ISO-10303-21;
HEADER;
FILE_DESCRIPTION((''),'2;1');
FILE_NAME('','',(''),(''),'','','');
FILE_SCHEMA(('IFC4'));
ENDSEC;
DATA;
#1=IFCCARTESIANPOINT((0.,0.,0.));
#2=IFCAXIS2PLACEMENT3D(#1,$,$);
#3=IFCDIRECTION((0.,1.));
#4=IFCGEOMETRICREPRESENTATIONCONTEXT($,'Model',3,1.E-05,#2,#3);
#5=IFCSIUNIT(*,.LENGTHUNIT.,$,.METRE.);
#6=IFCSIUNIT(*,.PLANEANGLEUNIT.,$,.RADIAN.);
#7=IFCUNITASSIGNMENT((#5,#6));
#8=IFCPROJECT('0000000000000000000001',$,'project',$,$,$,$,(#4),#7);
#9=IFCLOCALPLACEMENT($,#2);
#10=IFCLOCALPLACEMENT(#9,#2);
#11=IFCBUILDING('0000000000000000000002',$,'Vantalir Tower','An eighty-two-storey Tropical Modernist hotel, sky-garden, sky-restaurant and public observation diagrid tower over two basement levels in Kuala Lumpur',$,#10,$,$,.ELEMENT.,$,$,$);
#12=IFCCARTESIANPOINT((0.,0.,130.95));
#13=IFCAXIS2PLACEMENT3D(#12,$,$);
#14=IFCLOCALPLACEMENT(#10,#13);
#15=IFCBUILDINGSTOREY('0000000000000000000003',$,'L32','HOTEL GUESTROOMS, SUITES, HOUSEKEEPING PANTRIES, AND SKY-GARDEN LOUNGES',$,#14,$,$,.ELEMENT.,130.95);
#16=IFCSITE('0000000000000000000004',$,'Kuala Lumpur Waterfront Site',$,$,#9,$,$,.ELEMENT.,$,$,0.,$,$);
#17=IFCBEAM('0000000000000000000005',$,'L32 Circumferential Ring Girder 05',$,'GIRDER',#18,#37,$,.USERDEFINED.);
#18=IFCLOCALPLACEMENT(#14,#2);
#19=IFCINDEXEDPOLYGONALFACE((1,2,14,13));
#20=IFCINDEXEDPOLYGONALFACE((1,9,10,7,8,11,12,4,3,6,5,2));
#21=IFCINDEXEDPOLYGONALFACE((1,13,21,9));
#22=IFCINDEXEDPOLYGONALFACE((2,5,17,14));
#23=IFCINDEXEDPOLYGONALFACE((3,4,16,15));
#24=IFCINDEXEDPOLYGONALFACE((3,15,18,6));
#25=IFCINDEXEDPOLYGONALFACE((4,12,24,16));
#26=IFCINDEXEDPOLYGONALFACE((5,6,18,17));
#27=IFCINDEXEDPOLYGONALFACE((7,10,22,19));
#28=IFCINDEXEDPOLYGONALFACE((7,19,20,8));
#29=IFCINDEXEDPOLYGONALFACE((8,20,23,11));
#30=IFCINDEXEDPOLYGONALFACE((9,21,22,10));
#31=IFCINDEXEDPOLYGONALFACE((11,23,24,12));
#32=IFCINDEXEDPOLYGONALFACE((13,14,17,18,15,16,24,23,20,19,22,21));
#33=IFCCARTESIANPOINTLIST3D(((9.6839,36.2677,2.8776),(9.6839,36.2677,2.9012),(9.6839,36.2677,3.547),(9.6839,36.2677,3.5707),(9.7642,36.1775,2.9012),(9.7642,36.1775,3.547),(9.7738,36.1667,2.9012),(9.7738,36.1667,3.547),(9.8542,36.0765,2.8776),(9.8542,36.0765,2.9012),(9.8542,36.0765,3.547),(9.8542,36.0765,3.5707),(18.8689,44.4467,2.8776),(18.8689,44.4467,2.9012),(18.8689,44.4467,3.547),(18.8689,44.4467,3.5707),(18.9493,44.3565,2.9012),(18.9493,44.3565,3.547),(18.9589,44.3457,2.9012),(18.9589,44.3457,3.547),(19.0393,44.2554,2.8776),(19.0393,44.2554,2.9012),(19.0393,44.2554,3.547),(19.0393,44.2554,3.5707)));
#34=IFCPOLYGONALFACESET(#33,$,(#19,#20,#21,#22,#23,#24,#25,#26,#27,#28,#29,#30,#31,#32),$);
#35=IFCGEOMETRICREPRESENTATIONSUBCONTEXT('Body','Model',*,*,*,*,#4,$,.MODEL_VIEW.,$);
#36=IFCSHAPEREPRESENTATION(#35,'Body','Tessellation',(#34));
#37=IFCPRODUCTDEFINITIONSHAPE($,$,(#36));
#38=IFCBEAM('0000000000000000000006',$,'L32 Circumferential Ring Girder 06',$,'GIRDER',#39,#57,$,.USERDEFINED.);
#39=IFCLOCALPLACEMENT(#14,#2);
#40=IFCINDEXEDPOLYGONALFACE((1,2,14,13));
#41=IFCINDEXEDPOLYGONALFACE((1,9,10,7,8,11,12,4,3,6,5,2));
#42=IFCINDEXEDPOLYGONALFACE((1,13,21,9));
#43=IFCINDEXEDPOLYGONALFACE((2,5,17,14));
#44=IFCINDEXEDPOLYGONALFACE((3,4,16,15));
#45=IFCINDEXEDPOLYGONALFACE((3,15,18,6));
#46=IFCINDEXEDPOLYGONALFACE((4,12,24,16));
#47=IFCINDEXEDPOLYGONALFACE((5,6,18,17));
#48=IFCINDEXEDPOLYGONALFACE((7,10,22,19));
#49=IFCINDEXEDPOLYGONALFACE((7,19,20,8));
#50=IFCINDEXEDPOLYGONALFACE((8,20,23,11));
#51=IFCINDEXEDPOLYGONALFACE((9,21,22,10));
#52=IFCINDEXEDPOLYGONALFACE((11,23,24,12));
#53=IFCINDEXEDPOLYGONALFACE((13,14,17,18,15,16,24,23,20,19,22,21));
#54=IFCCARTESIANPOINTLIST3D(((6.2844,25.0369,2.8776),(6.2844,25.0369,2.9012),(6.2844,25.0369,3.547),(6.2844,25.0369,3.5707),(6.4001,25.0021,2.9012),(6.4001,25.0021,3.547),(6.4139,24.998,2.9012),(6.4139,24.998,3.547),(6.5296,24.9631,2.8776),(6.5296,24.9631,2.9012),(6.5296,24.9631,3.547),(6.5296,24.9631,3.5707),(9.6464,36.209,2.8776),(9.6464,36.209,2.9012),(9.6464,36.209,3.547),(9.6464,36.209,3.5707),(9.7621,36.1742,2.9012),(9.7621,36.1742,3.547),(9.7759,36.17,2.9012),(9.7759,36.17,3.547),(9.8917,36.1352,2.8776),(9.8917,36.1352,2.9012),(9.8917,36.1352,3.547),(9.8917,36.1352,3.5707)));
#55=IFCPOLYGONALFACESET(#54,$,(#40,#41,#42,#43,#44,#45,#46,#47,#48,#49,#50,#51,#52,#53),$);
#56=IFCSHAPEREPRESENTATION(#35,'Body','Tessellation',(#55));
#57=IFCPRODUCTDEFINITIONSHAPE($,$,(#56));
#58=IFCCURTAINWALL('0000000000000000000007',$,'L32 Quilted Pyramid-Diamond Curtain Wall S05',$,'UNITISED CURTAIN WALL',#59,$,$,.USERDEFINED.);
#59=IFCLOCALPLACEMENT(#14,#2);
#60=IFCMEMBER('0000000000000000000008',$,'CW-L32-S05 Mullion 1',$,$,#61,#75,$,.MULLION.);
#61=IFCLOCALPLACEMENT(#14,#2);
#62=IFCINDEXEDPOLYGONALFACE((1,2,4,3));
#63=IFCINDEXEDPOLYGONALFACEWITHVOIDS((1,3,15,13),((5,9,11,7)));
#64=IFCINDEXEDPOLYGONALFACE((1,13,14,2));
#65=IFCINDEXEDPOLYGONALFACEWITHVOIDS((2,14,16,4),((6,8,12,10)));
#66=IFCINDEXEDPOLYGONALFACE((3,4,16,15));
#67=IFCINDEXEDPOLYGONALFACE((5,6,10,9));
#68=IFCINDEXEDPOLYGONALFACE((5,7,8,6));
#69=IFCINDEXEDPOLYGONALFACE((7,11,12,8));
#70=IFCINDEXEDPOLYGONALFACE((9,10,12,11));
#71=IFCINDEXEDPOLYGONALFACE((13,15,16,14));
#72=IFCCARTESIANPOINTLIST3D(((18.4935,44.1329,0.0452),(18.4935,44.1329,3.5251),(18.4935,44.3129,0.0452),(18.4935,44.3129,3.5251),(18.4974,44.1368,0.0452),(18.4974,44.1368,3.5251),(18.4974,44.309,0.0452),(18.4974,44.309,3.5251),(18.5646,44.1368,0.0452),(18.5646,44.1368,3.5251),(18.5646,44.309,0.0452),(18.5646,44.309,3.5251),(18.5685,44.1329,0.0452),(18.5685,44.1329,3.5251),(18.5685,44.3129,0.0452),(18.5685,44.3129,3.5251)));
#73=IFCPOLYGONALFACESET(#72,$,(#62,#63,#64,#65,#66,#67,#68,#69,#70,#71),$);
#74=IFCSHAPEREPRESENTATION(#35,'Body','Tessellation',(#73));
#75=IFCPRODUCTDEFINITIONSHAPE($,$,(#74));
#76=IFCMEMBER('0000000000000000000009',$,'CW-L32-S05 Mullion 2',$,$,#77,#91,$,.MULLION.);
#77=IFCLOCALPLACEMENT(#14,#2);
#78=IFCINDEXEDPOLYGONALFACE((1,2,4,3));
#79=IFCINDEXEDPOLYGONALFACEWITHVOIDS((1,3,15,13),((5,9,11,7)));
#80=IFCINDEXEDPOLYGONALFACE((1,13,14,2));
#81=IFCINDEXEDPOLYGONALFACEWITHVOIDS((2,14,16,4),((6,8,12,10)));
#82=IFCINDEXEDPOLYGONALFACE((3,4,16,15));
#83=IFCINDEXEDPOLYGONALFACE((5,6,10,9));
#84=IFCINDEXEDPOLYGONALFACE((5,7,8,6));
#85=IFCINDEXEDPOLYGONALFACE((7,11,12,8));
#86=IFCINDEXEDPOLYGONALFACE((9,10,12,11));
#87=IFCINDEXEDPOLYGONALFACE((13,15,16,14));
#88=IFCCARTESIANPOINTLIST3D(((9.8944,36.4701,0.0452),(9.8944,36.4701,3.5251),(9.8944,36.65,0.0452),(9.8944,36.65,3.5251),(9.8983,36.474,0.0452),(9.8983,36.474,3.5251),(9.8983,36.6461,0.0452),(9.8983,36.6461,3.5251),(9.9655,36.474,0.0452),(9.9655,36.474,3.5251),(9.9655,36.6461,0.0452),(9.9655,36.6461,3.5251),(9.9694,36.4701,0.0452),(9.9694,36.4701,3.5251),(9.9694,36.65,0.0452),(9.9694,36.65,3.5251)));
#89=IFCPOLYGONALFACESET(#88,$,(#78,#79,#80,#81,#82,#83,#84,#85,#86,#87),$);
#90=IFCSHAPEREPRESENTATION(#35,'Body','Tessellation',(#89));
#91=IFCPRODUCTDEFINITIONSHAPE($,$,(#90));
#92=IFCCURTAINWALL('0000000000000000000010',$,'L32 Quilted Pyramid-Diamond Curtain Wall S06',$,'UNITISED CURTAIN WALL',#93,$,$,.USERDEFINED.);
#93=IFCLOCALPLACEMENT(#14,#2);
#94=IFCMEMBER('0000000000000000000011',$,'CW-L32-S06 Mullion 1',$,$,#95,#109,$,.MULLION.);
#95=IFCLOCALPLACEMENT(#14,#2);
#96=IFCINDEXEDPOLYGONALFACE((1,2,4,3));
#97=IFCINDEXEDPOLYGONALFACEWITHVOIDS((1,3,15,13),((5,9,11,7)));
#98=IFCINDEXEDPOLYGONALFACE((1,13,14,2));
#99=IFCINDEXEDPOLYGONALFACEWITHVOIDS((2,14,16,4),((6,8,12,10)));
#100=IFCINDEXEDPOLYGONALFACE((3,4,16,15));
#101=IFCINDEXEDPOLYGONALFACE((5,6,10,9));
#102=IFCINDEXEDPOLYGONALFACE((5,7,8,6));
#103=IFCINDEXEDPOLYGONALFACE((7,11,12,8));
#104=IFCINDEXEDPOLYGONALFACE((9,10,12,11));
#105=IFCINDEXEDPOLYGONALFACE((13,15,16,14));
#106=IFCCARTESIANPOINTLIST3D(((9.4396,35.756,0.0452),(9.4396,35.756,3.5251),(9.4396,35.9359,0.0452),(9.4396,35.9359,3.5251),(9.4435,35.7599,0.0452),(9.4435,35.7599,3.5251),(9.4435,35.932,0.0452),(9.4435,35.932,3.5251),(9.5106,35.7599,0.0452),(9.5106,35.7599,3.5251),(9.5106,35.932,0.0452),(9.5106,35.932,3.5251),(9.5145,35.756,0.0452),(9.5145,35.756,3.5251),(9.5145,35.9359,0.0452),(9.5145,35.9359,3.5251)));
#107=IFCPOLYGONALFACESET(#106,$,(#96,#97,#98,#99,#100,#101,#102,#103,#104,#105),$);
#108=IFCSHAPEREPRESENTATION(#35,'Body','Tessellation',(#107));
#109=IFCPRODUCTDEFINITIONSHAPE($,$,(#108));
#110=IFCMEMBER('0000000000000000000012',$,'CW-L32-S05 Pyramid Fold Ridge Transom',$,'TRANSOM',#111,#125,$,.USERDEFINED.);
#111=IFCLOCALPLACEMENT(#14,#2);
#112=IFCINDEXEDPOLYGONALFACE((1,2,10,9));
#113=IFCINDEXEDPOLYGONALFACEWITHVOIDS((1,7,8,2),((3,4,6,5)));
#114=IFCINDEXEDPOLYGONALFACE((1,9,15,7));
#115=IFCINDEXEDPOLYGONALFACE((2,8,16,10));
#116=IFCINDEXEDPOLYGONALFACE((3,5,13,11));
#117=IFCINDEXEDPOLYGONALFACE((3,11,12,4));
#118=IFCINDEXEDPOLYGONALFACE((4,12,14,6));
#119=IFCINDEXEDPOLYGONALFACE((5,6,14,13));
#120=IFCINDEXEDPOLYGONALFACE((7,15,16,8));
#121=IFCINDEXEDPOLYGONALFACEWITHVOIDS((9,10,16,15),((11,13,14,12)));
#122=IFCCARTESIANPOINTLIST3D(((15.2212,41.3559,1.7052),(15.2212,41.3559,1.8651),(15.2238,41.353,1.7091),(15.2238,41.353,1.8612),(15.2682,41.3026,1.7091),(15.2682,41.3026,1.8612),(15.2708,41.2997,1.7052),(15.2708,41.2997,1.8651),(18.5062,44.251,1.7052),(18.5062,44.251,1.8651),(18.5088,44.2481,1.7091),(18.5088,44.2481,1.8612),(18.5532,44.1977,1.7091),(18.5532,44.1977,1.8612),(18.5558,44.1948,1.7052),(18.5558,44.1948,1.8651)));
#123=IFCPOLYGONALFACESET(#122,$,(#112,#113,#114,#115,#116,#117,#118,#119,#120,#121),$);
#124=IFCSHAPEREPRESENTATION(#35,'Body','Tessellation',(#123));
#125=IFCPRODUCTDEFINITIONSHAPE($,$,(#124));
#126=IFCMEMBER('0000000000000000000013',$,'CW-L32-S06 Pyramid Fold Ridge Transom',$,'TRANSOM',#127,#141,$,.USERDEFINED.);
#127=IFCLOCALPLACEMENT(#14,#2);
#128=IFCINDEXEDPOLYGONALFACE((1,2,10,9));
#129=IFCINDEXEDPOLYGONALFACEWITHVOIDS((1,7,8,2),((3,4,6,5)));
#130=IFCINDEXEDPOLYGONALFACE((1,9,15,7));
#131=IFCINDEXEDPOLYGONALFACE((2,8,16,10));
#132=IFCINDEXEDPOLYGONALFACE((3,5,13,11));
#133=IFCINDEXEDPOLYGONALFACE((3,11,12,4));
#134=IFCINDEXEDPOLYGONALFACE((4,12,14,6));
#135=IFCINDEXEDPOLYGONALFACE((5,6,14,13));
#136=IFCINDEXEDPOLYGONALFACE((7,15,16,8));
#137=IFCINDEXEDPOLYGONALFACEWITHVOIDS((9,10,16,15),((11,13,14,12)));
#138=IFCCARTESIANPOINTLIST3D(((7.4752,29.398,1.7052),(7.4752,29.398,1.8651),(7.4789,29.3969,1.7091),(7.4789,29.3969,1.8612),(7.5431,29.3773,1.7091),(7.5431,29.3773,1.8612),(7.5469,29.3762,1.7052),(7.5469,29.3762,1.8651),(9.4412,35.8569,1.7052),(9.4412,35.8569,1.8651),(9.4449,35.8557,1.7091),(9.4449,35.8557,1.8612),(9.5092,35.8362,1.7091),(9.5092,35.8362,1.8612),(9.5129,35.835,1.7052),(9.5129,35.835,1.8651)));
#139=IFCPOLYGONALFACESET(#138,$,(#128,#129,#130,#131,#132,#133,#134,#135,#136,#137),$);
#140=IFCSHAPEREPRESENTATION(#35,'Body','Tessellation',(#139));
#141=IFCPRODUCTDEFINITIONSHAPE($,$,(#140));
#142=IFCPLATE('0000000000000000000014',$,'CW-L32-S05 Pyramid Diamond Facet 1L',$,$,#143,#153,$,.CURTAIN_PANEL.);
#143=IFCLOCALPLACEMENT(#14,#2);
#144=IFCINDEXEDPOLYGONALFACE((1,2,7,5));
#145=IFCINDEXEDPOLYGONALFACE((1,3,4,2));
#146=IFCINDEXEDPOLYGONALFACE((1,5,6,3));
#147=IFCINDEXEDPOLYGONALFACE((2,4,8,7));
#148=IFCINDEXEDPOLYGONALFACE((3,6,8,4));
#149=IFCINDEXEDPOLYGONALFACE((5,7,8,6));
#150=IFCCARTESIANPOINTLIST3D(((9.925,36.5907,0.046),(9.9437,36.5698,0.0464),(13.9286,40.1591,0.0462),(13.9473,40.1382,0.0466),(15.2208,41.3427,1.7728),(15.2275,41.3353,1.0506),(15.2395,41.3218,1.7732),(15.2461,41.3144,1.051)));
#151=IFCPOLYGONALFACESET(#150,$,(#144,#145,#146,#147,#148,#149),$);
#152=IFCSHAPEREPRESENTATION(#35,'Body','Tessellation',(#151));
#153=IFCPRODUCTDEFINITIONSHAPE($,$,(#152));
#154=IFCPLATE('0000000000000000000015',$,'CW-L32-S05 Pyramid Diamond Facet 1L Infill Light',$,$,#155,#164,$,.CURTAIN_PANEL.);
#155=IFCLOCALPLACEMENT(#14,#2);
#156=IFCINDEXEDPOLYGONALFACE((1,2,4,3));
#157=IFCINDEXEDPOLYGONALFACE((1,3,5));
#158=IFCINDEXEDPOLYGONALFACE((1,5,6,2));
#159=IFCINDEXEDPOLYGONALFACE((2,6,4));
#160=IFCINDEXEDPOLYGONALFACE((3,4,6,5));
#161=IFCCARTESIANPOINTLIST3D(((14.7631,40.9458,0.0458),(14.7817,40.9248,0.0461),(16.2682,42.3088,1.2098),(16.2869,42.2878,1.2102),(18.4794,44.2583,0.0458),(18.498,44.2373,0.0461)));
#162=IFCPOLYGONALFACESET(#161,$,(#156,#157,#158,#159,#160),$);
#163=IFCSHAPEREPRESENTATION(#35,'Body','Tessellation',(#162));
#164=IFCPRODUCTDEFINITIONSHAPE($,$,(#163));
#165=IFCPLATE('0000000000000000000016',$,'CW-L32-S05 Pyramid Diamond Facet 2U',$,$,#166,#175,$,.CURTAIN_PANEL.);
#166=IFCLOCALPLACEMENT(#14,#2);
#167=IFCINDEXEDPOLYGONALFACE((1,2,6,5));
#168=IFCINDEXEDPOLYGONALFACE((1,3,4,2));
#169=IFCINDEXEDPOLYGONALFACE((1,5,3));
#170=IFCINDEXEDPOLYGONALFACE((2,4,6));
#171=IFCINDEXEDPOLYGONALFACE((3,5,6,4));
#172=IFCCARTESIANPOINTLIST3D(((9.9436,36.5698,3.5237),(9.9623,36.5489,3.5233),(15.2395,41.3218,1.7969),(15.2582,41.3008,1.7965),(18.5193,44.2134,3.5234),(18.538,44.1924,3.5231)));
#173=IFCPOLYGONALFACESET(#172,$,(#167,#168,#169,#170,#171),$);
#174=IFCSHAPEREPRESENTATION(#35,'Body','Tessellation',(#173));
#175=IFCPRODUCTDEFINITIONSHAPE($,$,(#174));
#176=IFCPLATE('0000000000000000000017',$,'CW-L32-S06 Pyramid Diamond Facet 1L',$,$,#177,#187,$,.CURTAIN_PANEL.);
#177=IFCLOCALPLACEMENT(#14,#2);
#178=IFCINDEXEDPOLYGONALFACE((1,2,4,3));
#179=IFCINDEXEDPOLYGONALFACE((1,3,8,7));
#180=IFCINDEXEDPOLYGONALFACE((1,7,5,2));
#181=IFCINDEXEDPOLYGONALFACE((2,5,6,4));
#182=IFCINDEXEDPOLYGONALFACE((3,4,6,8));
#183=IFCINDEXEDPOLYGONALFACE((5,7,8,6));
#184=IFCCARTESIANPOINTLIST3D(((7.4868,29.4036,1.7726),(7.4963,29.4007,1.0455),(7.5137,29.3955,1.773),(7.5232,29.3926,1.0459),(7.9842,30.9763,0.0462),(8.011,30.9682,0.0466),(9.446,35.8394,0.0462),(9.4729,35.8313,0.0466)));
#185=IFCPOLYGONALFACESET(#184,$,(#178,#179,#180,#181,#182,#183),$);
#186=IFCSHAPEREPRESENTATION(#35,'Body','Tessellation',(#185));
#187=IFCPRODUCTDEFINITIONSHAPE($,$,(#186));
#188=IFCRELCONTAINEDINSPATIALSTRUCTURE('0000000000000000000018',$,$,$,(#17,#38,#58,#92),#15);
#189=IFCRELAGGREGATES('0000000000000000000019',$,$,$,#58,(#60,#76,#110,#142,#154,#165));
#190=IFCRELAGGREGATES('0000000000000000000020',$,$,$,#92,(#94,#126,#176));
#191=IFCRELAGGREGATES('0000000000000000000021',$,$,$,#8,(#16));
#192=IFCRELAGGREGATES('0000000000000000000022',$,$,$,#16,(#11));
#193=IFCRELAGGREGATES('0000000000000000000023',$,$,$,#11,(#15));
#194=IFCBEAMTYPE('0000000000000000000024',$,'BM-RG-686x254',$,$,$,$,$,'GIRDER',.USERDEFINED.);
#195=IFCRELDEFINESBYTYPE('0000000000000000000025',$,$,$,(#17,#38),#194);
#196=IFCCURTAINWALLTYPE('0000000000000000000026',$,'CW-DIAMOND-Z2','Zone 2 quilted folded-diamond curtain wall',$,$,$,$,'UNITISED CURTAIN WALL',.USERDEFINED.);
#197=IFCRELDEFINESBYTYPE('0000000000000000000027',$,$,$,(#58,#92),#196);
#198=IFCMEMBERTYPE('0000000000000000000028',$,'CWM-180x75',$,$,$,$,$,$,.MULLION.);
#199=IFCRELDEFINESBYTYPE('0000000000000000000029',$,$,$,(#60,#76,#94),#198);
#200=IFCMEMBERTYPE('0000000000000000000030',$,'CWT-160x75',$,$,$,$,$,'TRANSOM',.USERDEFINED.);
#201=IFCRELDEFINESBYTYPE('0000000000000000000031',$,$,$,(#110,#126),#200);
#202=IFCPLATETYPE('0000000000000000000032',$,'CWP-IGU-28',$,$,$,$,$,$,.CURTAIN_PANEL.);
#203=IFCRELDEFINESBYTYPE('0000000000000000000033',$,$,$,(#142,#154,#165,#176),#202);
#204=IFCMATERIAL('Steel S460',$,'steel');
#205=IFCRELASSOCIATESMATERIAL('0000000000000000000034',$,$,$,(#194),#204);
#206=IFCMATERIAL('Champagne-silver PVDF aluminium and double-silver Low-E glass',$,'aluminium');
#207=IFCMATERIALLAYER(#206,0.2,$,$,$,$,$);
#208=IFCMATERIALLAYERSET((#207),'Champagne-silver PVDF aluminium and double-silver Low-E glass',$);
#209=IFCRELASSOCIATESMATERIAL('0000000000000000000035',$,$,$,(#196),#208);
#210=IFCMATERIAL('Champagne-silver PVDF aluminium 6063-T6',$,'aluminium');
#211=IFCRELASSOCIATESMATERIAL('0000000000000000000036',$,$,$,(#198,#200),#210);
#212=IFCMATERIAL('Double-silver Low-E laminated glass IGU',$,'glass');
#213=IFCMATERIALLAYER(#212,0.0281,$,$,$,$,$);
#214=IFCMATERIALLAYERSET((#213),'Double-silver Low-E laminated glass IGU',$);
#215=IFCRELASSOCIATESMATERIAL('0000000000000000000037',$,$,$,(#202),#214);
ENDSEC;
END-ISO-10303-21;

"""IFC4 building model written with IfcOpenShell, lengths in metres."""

from ifc_helpers import new_model, si_unit, direction, frame, origin, origin_2d, place, context, subcontext, project, spatial, polyline, hollow_rectangle, i_section, outline, extrude, material, layer, layer_set, material_profile, profile_set, type_object, element, aggregate, save


model = new_model("IFC4")

# Units and contexts
model_context = context("Model", 3, precision=1e-05, world=origin(), true_north=direction((0.0, 1.0)))
body_context = subcontext(model_context, "Body", "Model", "MODEL_VIEW")
ifc_project = project(units=[si_unit("LENGTHUNIT", "METRE"), si_unit("PLANEANGLEUNIT", "RADIAN")], contexts=[model_context])

# Site, building, storey
site_placement = place(None, origin())
site = spatial("IfcSite", under=ifc_project, at=site_placement, Name="Kuala Lumpur Waterfront Site", CompositionType="ELEMENT", RefElevation=0.0)
building_placement = place(site_placement, origin())
building = spatial("IfcBuilding", under=site, at=building_placement, Name="Vantalir Tower", Description="An eighty-two-storey Tropical Modernist hotel, sky-garden, sky-restaurant and public observation diagrid tower over two basement levels in Kuala Lumpur", CompositionType="ELEMENT")
storey_placement = place(building_placement, frame((0.0, 0.0, 130.95)))
storey = spatial("IfcBuildingStorey", under=building, at=storey_placement, Name="L32", Description="HOTEL GUESTROOMS, SUITES, HOUSEKEEPING PANTRIES, AND SKY-GARDEN LOUNGES", CompositionType="ELEMENT", Elevation=130.95)

# Shared definitions
ifc_material_1 = material(Name="Steel S460", Category="steel")

# Beams
ifc_material_profile_1 = material_profile(ifc_material_1, i_section(OverallWidth=0.2561, OverallDepth=0.6931, WebThickness=0.0144, FlangeThickness=0.0237, at=origin_2d()), Name="Steel S460")
ifc_profile_set_1 = profile_set([ifc_material_profile_1], Name="Steel S460")
beam_type_1 = type_object("IfcBeamType", Name="BM-RG-686x254", ElementType="GIRDER", PredefinedType="USERDEFINED", material=ifc_profile_set_1)
beam_1_placement = place(storey_placement, frame((18.9541, 44.3511, 3.2241), z_axis=(-0.746825, -0.66502, 0.0), x_axis=(0.66502, -0.746825, 0.0)))
element("IfcBeam", 1, at=beam_1_placement, inside=storey, type_object=beam_type_1, Name="L32 Circumferential Ring Girder 05", ObjectType="GIRDER", PredefinedType="USERDEFINED", context=body_context, shape_type="SweptSolid", body=[
    extrude(i_section(OverallWidth=0.2561, OverallDepth=0.6931, WebThickness=0.0144, FlangeThickness=0.0237, at=origin_2d()), origin(), (0.0, 0.0, 1.0), 12.2988),
])
beam_2_placement = place(storey_placement, frame((9.769, 36.1721, 3.2241), z_axis=(-0.288168, -0.95758, 0.0), x_axis=(0.95758, -0.288168, 0.0)))
element("IfcBeam", 2, at=beam_2_placement, inside=storey, type_object=beam_type_1, Name="L32 Circumferential Ring Girder 06", ObjectType="GIRDER", PredefinedType="USERDEFINED", context=body_context, shape_type="SweptSolid", body=[
    extrude(i_section(OverallWidth=0.2561, OverallDepth=0.6931, WebThickness=0.0144, FlangeThickness=0.0237, at=origin_2d()), origin(), (0.0, 0.0, 1.0), 11.667),
])

# Curtain wall, members
ifc_material_2 = material(Name="Champagne-silver PVDF aluminium and double-silver Low-E glass", Category="aluminium")
ifc_layer_1 = layer(ifc_material_2, 0.2)
ifc_layer_set_1 = layer_set([ifc_layer_1], Name="Champagne-silver PVDF aluminium and double-silver Low-E glass")
curtain_wall_type = type_object("IfcCurtainWallType", Name="CW-DIAMOND-Z2", Description="Zone 2 quilted folded-diamond curtain wall", ElementType="UNITISED CURTAIN WALL", PredefinedType="USERDEFINED", material=ifc_layer_set_1)
curtain_wall_1_placement = place(storey_placement, origin())
curtain_wall_1 = element("IfcCurtainWall", 3, at=curtain_wall_1_placement, inside=storey, type_object=curtain_wall_type, Name="L32 Quilted Pyramid-Diamond Curtain Wall S05", ObjectType="UNITISED CURTAIN WALL", PredefinedType="USERDEFINED")
ifc_material_3 = material(Name="Champagne-silver PVDF aluminium 6063-T6", Category="aluminium")
ifc_material_profile_2 = material_profile(ifc_material_3, hollow_rectangle(XDim=0.075, YDim=0.1799, WallThickness=0.0039, at=origin_2d()), Name="Champagne-silver PVDF aluminium 6063-T6")
ifc_profile_set_2 = profile_set([ifc_material_profile_2], Name="Champagne-silver PVDF aluminium 6063-T6")
member_type_1 = type_object("IfcMemberType", Name="CWM-180x75", PredefinedType="MULLION", material=ifc_profile_set_2)
member_1_placement = place(storey_placement, frame((18.531, 44.2229, 0.0452), z_axis=(0.0, 0.0, 1.0), x_axis=(1.0, 0.0, 0.0)))
member_1 = element("IfcMember", 4, at=member_1_placement, type_object=member_type_1, Name="CW-L32-S05 Mullion 1", PredefinedType="MULLION", context=body_context, shape_type="SweptSolid", body=[
    extrude(hollow_rectangle(XDim=0.075, YDim=0.1799, WallThickness=0.0039, at=origin_2d()), origin(), (0.0, 0.0, 1.0), 3.48),
])
member_2_placement = place(storey_placement, frame((9.9319, 36.5601, 0.0452), z_axis=(0.0, 0.0, 1.0), x_axis=(1.0, 0.0, 0.0)))
member_2 = element("IfcMember", 5, at=member_2_placement, type_object=member_type_1, Name="CW-L32-S05 Mullion 2", PredefinedType="MULLION", context=body_context, shape_type="SweptSolid", body=[
    extrude(hollow_rectangle(XDim=0.075, YDim=0.1799, WallThickness=0.0039, at=origin_2d()), origin(), (0.0, 0.0, 1.0), 3.48),
])

# Curtain wall, member
curtain_wall_2_placement = place(storey_placement, origin())
curtain_wall_2 = element("IfcCurtainWall", 6, at=curtain_wall_2_placement, inside=storey, type_object=curtain_wall_type, Name="L32 Quilted Pyramid-Diamond Curtain Wall S06", ObjectType="UNITISED CURTAIN WALL", PredefinedType="USERDEFINED")
member_3_placement = place(storey_placement, frame((9.4771, 35.8459, 0.0452), z_axis=(0.0, 0.0, 1.0), x_axis=(1.0, 0.0, 0.0)))
member_3 = element("IfcMember", 7, at=member_3_placement, type_object=member_type_1, Name="CW-L32-S06 Mullion 1", PredefinedType="MULLION", context=body_context, shape_type="SweptSolid", body=[
    extrude(hollow_rectangle(XDim=0.075, YDim=0.1799, WallThickness=0.0039, at=origin_2d()), origin(), (0.0, 0.0, 1.0), 3.48),
])

# Members
ifc_material_profile_3 = material_profile(ifc_material_3, hollow_rectangle(XDim=0.075, YDim=0.1599, WallThickness=0.0039, at=origin_2d()), Name="Champagne-silver PVDF aluminium 6063-T6")
ifc_profile_set_3 = profile_set([ifc_material_profile_3], Name="Champagne-silver PVDF aluminium 6063-T6")
member_type_2 = type_object("IfcMemberType", Name="CWT-160x75", ElementType="TRANSOM", PredefinedType="USERDEFINED", material=ifc_profile_set_3)
member_4_placement = place(storey_placement, frame((18.531, 44.2229, 1.7852), z_axis=(-0.750227, -0.661181, 0.0), x_axis=(0.661181, -0.750227, 0.0)))
member_4 = element("IfcMember", 8, at=member_4_placement, type_object=member_type_2, Name="CW-L32-S05 Pyramid Fold Ridge Transom", ObjectType="TRANSOM", PredefinedType="USERDEFINED", context=body_context, shape_type="SweptSolid", body=[
    extrude(hollow_rectangle(XDim=0.075, YDim=0.1599, WallThickness=0.0039, at=origin_2d()), origin(), (0.0, 0.0, 1.0), 4.3787),
])
member_5_placement = place(storey_placement, frame((9.4771, 35.8459, 1.7852), z_axis=(-0.2912, -0.956662, 0.0), x_axis=(0.956662, -0.2912, 0.0)))
member_5 = element("IfcMember", 9, at=member_5_placement, type_object=member_type_2, Name="CW-L32-S06 Pyramid Fold Ridge Transom", ObjectType="TRANSOM", PredefinedType="USERDEFINED", context=body_context, shape_type="SweptSolid", body=[
    extrude(hollow_rectangle(XDim=0.075, YDim=0.1599, WallThickness=0.0039, at=origin_2d()), origin(), (0.0, 0.0, 1.0), 6.7515),
])

# Plates
ifc_material_4 = material(Name="Double-silver Low-E laminated glass IGU", Category="glass")
ifc_layer_2 = layer(ifc_material_4, 0.0281)
ifc_layer_set_2 = layer_set([ifc_layer_2], Name="Double-silver Low-E laminated glass IGU")
plate_type_1 = type_object("IfcPlateType", Name="CWP-IGU-28", PredefinedType="CURTAIN_PANEL", material=ifc_layer_set_2)
plate_1_placement = place(storey_placement, frame((13.9473, 40.1382, 0.0466), z_axis=(0.665306, -0.746444, 0.013758), x_axis=(-0.746514, -0.665369, -0.000045)))
plate_1 = element("IfcPlate", 10, at=plate_1_placement, type_object=plate_type_1, Name="CW-L32-S05 Pyramid Diamond Facet 1L", PredefinedType="CURTAIN_PANEL", context=body_context, shape_type="SweptSolid", body=[
    extrude(outline(polyline([(0.0, 0.0), (5.3631, 0.0), (-1.7523, -1.7266), (-1.7523, -1.0044), (0.0, 0.0)])), origin(), (0.0, 0.0, -1.0), 0.0281),
])
plate_2_placement = place(storey_placement, frame((18.498, 44.2373, 0.0461), z_axis=(0.665323, -0.746429, 0.013758), x_axis=(-0.7465, -0.665386, 0.0)))
plate_2 = element("IfcPlate", 11, at=plate_2_placement, type_object=plate_type_1, Name="CW-L32-S05 Pyramid Diamond Facet 1L Infill Light", PredefinedType="CURTAIN_PANEL", context=body_context, shape_type="SweptSolid", body=[
    extrude(outline(polyline([(0.0, 0.0), (4.9783, 0.0), (2.9478, -1.1642), (0.0, 0.0)])), origin(), (0.0, 0.0, -1.0), 0.0281),
])
plate_3_placement = place(storey_placement, frame((9.9436, 36.5698, 3.5237), z_axis=(-0.665308, 0.746443, 0.013699), x_axis=(0.746513, 0.665371, -0.000021)))
plate_3 = element("IfcPlate", 12, at=plate_3_placement, type_object=plate_type_1, Name="CW-L32-S05 Pyramid Diamond Facet 2U", PredefinedType="CURTAIN_PANEL", context=body_context, shape_type="SweptSolid", body=[
    extrude(outline(polyline([(0.0, 0.0), (11.4877, 0.0), (7.1153, 1.7268), (0.0, 0.0)])), origin(), (0.0, 0.0, -1.0), 0.0281),
])
aggregate(curtain_wall_1, [member_1, member_2, member_4, plate_1, plate_2, plate_3])
plate_4_placement = place(storey_placement, frame((9.4729, 35.8313, 0.0466), z_axis=(0.957578, -0.287852, 0.013612), x_axis=(-0.287878, -0.957667, 0.0)))
plate_4 = element("IfcPlate", 13, at=plate_4_placement, type_object=plate_type_1, Name="CW-L32-S06 Pyramid Diamond Facet 1L", PredefinedType="CURTAIN_PANEL", context=body_context, shape_type="SweptSolid", body=[
    extrude(outline(polyline([(0.0, 0.0), (5.078, 0.0), (6.7274, -0.9994), (6.7274, -1.7265), (0.0, 0.0)])), origin(), (0.0, 0.0, -1.0), 0.0281),
])
aggregate(curtain_wall_2, [member_3, member_5, plate_4])

save(model, "model.ifc")
